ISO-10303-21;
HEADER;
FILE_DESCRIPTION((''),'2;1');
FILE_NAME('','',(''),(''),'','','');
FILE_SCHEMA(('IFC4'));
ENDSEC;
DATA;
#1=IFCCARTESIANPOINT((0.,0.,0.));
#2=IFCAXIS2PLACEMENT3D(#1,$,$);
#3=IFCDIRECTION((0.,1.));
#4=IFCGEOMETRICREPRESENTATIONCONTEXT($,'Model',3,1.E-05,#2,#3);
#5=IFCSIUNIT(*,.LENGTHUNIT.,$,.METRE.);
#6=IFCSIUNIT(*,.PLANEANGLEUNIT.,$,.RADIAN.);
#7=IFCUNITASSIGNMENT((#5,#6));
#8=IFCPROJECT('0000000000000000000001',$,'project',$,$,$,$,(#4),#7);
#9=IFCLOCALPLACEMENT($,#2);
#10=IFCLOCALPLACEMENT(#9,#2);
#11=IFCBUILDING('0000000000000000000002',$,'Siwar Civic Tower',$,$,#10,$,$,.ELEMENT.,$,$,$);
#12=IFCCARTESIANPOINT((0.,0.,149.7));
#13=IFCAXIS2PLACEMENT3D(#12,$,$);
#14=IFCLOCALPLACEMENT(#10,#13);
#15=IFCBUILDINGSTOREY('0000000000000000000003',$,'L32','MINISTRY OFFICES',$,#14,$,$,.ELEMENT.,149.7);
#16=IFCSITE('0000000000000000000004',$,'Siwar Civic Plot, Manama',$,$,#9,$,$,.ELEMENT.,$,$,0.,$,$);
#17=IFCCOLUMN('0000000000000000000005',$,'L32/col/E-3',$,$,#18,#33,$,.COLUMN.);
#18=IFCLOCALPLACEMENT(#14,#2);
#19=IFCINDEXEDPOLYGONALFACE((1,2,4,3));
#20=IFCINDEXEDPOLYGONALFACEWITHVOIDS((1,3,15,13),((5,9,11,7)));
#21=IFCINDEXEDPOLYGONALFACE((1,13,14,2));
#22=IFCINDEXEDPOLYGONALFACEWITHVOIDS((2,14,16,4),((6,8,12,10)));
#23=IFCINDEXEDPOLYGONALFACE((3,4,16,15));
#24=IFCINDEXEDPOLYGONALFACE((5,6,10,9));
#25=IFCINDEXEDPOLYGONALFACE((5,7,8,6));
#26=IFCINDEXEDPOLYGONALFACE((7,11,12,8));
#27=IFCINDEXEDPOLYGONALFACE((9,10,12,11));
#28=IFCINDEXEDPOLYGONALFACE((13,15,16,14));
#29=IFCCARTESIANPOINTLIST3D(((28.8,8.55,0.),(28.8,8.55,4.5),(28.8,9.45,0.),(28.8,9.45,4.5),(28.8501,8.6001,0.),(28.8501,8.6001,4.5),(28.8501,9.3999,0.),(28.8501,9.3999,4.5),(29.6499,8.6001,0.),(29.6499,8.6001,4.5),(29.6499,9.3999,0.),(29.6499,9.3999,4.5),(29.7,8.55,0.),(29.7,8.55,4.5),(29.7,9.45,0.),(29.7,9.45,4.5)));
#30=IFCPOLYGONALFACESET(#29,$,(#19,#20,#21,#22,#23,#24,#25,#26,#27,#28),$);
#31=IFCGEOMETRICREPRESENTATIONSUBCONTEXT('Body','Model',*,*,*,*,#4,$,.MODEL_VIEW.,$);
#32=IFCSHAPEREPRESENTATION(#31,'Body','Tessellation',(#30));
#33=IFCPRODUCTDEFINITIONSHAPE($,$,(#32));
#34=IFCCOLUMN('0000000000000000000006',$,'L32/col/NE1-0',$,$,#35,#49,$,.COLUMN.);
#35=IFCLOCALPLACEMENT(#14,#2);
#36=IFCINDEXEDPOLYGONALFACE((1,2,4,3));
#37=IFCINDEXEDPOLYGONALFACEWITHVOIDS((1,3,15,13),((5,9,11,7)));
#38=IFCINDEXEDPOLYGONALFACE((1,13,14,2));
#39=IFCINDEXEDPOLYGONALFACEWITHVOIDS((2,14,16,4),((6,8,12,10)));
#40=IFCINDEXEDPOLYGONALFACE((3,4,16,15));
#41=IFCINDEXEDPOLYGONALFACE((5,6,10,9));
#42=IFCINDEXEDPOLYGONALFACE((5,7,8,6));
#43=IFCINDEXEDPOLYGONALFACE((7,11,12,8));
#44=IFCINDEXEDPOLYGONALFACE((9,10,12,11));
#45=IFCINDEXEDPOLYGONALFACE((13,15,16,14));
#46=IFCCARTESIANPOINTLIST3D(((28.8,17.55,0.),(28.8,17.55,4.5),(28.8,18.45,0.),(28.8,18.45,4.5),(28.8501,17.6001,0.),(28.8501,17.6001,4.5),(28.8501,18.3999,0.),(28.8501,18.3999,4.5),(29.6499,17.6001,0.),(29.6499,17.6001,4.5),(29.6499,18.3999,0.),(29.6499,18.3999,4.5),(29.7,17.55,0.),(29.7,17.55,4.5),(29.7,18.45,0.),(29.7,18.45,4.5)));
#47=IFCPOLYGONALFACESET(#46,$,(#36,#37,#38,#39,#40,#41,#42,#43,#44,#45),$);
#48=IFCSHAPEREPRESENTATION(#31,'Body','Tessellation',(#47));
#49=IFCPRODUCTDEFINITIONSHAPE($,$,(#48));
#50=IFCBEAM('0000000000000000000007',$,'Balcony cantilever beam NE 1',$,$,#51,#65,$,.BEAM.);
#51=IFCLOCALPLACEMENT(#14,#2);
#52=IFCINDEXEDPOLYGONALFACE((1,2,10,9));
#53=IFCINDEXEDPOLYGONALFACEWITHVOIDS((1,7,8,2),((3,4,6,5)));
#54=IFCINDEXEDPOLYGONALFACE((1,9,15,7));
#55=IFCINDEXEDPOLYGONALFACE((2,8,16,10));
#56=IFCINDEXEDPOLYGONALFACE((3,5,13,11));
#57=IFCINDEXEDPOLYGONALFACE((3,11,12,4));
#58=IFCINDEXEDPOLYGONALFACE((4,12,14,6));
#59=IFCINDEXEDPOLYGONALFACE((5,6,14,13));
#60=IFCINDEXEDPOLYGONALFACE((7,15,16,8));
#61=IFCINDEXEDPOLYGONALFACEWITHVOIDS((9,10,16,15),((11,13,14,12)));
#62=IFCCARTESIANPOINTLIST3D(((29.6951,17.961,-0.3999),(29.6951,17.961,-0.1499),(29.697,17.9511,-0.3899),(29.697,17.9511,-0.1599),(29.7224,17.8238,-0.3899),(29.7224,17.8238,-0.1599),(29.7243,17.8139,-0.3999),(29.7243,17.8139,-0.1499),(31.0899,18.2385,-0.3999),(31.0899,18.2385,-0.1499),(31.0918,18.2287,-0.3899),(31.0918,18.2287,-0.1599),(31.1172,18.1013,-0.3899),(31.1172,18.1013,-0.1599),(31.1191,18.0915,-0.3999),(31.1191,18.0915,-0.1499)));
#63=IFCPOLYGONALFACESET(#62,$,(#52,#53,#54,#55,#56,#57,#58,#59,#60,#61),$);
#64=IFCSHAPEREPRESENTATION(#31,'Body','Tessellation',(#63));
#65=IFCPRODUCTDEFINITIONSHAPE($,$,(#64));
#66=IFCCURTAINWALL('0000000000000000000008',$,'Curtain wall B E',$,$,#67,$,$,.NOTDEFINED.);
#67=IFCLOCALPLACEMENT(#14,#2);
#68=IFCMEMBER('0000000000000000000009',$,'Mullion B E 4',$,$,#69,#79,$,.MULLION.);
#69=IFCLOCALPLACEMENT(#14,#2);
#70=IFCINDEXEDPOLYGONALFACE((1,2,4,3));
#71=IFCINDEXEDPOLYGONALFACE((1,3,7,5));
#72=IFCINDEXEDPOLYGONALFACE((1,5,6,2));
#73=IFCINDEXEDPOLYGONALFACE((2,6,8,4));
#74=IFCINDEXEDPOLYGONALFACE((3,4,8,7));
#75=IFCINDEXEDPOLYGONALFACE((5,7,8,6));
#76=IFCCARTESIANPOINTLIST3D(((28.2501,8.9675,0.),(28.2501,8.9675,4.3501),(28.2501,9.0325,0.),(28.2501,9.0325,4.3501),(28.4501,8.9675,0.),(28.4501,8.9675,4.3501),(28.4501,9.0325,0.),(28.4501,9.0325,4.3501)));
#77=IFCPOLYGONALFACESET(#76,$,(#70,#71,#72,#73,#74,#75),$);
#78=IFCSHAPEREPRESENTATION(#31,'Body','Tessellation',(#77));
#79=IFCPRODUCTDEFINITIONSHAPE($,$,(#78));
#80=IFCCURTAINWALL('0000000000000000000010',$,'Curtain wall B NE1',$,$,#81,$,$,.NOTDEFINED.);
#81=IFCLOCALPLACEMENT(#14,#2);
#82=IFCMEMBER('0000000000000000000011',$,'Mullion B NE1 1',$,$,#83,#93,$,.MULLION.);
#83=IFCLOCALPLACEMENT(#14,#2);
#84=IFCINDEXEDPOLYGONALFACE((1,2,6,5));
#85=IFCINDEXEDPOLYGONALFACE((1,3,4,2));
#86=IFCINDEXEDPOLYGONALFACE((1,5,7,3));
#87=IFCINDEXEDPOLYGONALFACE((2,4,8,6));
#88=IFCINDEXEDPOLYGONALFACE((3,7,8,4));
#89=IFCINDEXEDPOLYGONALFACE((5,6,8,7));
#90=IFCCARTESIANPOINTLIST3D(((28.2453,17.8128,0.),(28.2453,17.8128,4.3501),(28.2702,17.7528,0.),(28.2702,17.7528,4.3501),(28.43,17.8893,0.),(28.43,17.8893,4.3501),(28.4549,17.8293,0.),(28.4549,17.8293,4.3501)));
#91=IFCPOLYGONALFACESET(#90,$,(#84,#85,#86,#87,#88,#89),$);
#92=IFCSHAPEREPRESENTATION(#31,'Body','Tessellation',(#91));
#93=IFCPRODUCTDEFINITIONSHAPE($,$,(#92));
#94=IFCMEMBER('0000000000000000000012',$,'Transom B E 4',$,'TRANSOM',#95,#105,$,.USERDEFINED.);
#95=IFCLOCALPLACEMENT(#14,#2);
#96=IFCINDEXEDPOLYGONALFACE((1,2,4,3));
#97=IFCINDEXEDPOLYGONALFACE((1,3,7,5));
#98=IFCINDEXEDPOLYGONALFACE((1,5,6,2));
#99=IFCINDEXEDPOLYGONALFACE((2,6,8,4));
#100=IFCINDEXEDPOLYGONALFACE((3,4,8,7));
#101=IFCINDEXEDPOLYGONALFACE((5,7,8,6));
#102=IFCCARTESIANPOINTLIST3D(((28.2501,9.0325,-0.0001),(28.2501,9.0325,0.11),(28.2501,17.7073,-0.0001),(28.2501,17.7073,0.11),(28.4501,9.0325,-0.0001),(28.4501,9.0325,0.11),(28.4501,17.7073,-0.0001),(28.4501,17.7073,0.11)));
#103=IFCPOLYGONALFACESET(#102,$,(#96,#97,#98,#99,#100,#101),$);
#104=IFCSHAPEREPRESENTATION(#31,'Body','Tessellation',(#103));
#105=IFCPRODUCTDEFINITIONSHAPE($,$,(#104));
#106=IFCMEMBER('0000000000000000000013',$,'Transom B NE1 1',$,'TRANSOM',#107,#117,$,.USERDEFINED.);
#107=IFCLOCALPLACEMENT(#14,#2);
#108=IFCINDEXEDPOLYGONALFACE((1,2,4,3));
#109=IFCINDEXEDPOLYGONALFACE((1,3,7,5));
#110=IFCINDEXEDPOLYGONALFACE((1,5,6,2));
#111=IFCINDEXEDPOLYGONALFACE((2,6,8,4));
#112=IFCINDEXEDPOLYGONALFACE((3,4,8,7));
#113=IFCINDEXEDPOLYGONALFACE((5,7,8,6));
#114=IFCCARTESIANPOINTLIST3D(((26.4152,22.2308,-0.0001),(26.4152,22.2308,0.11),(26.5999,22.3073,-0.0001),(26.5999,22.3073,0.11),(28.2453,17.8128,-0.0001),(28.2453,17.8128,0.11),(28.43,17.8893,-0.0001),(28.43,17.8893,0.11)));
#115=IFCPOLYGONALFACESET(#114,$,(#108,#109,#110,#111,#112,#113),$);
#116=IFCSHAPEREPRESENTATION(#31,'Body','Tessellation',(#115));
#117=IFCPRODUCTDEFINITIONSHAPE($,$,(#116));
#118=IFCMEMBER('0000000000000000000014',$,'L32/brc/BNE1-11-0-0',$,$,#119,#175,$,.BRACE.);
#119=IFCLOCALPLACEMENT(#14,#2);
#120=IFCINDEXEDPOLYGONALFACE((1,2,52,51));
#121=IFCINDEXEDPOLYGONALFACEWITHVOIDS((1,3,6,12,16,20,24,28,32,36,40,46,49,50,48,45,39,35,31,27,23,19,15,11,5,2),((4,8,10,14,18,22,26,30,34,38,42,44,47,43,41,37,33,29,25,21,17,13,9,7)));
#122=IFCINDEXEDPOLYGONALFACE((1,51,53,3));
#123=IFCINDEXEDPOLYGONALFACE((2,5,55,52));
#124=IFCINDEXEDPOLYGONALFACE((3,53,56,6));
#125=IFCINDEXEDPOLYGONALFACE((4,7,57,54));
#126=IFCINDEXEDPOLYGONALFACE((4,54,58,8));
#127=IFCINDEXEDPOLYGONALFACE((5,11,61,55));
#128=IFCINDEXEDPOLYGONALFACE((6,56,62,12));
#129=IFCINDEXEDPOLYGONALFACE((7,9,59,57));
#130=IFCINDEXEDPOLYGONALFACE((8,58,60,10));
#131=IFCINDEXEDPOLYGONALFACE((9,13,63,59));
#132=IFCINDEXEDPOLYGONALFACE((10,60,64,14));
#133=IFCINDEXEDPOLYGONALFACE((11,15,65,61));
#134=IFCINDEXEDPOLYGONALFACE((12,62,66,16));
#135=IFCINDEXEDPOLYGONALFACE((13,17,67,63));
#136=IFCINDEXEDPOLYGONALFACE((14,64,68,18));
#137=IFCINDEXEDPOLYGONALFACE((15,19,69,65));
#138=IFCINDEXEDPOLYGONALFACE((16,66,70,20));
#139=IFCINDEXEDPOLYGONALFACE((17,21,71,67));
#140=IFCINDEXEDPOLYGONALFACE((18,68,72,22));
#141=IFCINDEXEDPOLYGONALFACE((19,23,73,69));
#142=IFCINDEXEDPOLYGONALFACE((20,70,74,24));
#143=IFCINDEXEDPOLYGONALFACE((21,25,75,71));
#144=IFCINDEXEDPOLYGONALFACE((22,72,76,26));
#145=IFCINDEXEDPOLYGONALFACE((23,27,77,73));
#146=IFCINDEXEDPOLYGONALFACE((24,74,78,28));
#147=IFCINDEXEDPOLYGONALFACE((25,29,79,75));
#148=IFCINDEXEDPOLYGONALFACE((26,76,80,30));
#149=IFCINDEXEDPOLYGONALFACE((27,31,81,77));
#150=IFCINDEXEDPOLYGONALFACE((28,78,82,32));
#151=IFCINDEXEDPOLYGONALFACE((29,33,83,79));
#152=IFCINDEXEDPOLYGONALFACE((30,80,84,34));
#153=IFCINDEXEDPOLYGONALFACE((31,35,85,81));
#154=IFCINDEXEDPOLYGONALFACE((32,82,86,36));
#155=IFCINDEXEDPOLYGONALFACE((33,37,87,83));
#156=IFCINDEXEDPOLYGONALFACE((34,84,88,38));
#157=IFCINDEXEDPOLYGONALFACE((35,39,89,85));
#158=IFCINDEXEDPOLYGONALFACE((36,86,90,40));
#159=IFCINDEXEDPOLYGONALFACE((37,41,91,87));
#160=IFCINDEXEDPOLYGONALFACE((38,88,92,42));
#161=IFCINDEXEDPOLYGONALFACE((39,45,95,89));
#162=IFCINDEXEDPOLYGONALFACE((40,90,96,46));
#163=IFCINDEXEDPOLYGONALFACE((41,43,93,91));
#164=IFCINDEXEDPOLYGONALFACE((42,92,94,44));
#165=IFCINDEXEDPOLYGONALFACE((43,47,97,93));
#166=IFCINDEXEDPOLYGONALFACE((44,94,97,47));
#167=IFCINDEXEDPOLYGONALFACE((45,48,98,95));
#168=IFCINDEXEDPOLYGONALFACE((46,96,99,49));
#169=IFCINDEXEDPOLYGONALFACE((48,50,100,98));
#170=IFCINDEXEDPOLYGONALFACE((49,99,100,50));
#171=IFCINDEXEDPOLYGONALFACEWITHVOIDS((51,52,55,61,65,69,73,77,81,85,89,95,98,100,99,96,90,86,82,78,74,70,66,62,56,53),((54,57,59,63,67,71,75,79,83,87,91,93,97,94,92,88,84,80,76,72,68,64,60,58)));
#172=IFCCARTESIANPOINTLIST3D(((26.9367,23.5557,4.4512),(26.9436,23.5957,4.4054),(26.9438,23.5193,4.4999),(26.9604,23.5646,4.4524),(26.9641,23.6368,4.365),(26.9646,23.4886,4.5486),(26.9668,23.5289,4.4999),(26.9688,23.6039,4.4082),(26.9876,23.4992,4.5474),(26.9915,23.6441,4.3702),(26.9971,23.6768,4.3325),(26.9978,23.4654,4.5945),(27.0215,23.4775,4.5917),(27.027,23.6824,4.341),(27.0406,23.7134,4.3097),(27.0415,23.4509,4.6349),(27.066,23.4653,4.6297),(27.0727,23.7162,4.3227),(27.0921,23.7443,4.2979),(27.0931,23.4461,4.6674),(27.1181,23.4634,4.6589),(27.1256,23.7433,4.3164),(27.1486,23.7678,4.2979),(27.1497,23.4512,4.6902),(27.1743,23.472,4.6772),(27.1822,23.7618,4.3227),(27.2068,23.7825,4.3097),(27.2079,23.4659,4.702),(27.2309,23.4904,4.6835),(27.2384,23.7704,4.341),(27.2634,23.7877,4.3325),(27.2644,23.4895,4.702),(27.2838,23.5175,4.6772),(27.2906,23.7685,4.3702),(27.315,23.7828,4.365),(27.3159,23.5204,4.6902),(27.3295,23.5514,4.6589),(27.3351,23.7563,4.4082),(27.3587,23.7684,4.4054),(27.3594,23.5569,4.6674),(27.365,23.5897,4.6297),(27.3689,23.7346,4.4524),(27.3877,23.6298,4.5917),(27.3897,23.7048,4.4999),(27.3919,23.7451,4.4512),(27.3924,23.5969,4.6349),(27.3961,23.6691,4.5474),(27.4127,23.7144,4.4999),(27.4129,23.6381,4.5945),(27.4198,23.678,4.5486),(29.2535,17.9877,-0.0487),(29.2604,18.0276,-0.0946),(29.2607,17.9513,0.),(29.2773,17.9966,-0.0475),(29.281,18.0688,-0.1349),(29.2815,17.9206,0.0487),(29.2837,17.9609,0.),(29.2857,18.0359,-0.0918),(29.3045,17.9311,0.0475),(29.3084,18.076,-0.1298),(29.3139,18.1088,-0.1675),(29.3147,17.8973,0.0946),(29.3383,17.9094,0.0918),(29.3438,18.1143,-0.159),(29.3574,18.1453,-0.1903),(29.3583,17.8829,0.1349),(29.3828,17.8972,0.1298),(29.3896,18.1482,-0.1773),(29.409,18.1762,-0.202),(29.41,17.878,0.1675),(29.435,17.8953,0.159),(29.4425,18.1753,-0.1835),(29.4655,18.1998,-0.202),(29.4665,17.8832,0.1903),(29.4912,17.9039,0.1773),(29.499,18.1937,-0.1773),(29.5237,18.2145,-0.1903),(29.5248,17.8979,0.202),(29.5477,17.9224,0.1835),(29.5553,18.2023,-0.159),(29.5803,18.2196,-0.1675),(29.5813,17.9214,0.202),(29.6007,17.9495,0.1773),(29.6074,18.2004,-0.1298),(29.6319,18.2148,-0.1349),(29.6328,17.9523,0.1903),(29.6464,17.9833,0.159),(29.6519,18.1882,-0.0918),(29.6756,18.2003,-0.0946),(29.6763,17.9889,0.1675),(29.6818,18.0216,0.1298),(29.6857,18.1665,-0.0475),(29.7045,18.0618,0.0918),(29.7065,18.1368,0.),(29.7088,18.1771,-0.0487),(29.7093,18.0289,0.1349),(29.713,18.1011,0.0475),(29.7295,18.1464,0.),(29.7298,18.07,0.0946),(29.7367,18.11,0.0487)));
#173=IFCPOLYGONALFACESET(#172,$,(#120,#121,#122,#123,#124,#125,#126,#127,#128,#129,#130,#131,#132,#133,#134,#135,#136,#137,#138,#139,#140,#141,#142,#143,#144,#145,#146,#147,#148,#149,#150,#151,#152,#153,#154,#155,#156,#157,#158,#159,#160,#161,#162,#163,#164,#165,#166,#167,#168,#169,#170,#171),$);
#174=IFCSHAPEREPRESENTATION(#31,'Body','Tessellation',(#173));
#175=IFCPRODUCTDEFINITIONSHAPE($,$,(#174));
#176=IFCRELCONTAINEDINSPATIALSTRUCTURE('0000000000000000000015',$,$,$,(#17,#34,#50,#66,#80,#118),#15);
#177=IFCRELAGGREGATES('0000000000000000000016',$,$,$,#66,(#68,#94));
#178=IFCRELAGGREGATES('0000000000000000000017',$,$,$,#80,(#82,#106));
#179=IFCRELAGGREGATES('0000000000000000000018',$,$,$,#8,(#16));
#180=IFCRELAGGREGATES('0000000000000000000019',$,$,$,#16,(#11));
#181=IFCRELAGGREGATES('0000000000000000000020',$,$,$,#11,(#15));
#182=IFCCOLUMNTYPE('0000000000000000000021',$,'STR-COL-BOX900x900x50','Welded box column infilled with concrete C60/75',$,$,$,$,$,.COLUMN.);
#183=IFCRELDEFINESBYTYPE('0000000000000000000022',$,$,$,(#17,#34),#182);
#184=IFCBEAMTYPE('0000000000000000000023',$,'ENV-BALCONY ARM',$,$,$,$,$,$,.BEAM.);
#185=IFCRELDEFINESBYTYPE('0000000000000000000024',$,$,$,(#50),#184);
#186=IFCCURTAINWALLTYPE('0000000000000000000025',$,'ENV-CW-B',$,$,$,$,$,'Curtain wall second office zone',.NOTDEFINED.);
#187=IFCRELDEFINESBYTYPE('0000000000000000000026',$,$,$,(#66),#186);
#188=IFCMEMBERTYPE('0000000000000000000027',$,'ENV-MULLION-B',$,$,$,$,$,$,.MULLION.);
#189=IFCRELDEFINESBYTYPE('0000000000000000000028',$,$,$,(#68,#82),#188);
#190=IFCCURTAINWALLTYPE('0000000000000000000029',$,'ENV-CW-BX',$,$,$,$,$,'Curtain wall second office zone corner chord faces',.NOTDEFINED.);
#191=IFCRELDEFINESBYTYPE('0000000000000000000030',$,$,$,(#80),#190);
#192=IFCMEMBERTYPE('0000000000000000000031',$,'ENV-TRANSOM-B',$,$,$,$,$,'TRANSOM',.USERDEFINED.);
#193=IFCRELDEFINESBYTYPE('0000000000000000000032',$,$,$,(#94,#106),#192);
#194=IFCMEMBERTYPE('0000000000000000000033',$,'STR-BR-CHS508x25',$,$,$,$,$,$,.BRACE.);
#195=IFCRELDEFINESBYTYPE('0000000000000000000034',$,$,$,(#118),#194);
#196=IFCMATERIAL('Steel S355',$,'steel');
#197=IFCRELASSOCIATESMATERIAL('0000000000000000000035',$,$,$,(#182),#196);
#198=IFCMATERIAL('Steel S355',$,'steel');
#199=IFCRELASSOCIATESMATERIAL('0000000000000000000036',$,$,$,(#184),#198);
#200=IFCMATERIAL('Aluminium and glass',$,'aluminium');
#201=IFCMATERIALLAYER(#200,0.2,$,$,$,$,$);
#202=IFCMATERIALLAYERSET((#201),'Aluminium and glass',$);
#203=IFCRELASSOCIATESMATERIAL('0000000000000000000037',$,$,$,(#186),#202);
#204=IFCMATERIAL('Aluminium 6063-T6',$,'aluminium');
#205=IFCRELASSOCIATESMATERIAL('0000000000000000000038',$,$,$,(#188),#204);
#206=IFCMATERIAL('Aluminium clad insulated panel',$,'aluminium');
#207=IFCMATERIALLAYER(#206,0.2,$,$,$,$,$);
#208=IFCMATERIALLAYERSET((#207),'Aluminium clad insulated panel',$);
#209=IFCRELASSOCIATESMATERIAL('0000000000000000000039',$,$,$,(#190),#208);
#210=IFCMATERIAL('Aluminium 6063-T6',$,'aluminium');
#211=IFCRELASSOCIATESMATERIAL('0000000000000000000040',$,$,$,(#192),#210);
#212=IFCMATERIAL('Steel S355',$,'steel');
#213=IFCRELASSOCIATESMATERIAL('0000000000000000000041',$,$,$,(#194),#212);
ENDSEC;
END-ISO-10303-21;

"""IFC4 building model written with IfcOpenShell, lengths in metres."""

from ifc_helpers import new_model, si_unit, direction, frame, origin, origin_2d, place, context, subcontext, project, spatial, rectangle, hollow_rectangle, hollow_circle, extrude, material, layer, layer_set, material_profile, profile_set, type_object, element, aggregate, save


model = new_model("IFC4")

# Units and contexts
model_context = context("Model", 3, precision=1e-05, world=origin(), true_north=direction((0.0, 1.0)))
body_context = subcontext(model_context, "Body", "Model", "MODEL_VIEW")
ifc_project = project(units=[si_unit("LENGTHUNIT", "METRE"), si_unit("PLANEANGLEUNIT", "RADIAN")], contexts=[model_context])

# Site, building, storey
site_placement = place(None, origin())
site = spatial("IfcSite", under=ifc_project, at=site_placement, Name="Siwar Civic Plot, Manama", CompositionType="ELEMENT", RefElevation=0.0)
building_placement = place(site_placement, origin())
building = spatial("IfcBuilding", under=site, at=building_placement, Name="Siwar Civic Tower", CompositionType="ELEMENT")
storey_placement = place(building_placement, frame((0.0, 0.0, 149.7)))
storey = spatial("IfcBuildingStorey", under=building, at=storey_placement, Name="L32", Description="MINISTRY OFFICES", CompositionType="ELEMENT", Elevation=149.7)

# Columns
ifc_material_1 = material(Name="Steel S355", Category="steel")
ifc_material_profile_1 = material_profile(ifc_material_1, hollow_rectangle(XDim=0.8999, YDim=0.8999, WallThickness=0.05, at=origin_2d()), Name="BOX900x900x50")
ifc_profile_set_1 = profile_set([ifc_material_profile_1], Name="Steel S355")
column_type = type_object("IfcColumnType", Name="STR-COL-BOX900x900x50", Description="Welded box column infilled with concrete C60/75", PredefinedType="COLUMN", material=ifc_profile_set_1)
for number, where, z_axis, x_axis, name in (
    (1, (29.25, 9.0, 0.0), (0.0, 0.0, 1.0), (1.0, 0.0, 0.0), "L32/col/E-3"),
    (2, (29.25, 18.0, 0.0), (0.0, 0.0, 1.0), (1.0, 0.0, 0.0), "L32/col/NE1-0"),
):
    element("IfcColumn", number, at=place(storey_placement, frame(where, z_axis=z_axis, x_axis=x_axis)), inside=storey, type_object=column_type, Name=name, PredefinedType="COLUMN", context=body_context, shape_type="SweptSolid", body=[
        extrude(hollow_rectangle(XDim=0.8999, YDim=0.8999, WallThickness=0.05, at=origin_2d()), origin(), (0.0, 0.0, 1.0), 4.5),
    ])

# Beam
ifc_material_2 = material(Name="Steel S355", Category="steel")
ifc_material_profile_2 = material_profile(ifc_material_2, hollow_rectangle(XDim=0.1499, YDim=0.25, WallThickness=0.01, at=origin_2d()), Name="RHS250x150x10")
ifc_profile_set_2 = profile_set([ifc_material_profile_2], Name="Steel S355")
beam_type_1 = type_object("IfcBeamType", Name="ENV-BALCONY ARM", PredefinedType="BEAM", material=ifc_profile_set_2)
beam_1_placement = place(storey_placement, frame((29.7097, 17.8875, -0.2749), z_axis=(0.980765, 0.195192, 0.0), x_axis=(-0.195192, 0.980765, 0.0)))
element("IfcBeam", 3, at=beam_1_placement, inside=storey, type_object=beam_type_1, Name="Balcony cantilever beam NE 1", PredefinedType="BEAM", context=body_context, shape_type="SweptSolid", body=[
    extrude(hollow_rectangle(XDim=0.1499, YDim=0.25, WallThickness=0.01, at=origin_2d()), origin(), (0.0, 0.0, 1.0), 1.4221),
])

# Curtain walls, members
ifc_material_3 = material(Name="Aluminium and glass", Category="aluminium")
ifc_layer_1 = layer(ifc_material_3, 0.2)
ifc_layer_set_1 = layer_set([ifc_layer_1], Name="Aluminium and glass")
curtain_wall_type_1 = type_object("IfcCurtainWallType", Name="ENV-CW-B", ElementType="Curtain wall second office zone", PredefinedType="NOTDEFINED", material=ifc_layer_set_1)
curtain_wall_1_placement = place(storey_placement, origin())
curtain_wall_1 = element("IfcCurtainWall", 4, at=curtain_wall_1_placement, inside=storey, type_object=curtain_wall_type_1, Name="Curtain wall B E", PredefinedType="NOTDEFINED")
ifc_material_4 = material(Name="Aluminium 6063-T6", Category="aluminium")
ifc_material_profile_3 = material_profile(ifc_material_4, rectangle(XDim=0.2, YDim=0.0649, at=origin_2d()), Name="AL 200x65")
ifc_profile_set_3 = profile_set([ifc_material_profile_3], Name="Aluminium 6063-T6")
member_type_1 = type_object("IfcMemberType", Name="ENV-MULLION-B", PredefinedType="MULLION", material=ifc_profile_set_3)
member_1_placement = place(storey_placement, frame((28.3501, 9.0, 0.0), z_axis=(0.0, 0.0, 1.0), x_axis=(-1.0, 0.0, 0.0)))
member_1 = element("IfcMember", 5, at=member_1_placement, type_object=member_type_1, Name="Mullion B E 4", PredefinedType="MULLION", context=body_context, shape_type="SweptSolid", body=[
    extrude(rectangle(XDim=0.2, YDim=0.0649, at=origin_2d()), origin(), (0.0, 0.0, 1.0), 4.3501),
])
ifc_material_5 = material(Name="Aluminium clad insulated panel", Category="aluminium")
ifc_layer_2 = layer(ifc_material_5, 0.2)
ifc_layer_set_2 = layer_set([ifc_layer_2], Name="Aluminium clad insulated panel")
curtain_wall_type_2 = type_object("IfcCurtainWallType", Name="ENV-CW-BX", ElementType="Curtain wall second office zone corner chord faces", PredefinedType="NOTDEFINED", material=ifc_layer_set_2)
curtain_wall_2_placement = place(storey_placement, origin())
curtain_wall_2 = element("IfcCurtainWall", 6, at=curtain_wall_2_placement, inside=storey, type_object=curtain_wall_type_2, Name="Curtain wall B NE1", PredefinedType="NOTDEFINED")
member_2_placement = place(storey_placement, frame((28.3501, 17.821, 0.0), z_axis=(0.0, 0.0, 1.0), x_axis=(-0.92388, -0.382683, 0.0)))
member_2 = element("IfcMember", 7, at=member_2_placement, type_object=member_type_1, Name="Mullion B NE1 1", PredefinedType="MULLION", context=body_context, shape_type="SweptSolid", body=[
    extrude(rectangle(XDim=0.2, YDim=0.0649, at=origin_2d()), origin(), (0.0, 0.0, 1.0), 4.3501),
])

# Members
ifc_material_6 = material(Name="Aluminium 6063-T6", Category="aluminium")
ifc_material_profile_4 = material_profile(ifc_material_6, rectangle(XDim=0.2, YDim=0.1101, at=origin_2d()), Name="AL 200x110")
ifc_profile_set_4 = profile_set([ifc_material_profile_4], Name="Aluminium 6063-T6")
member_type_2 = type_object("IfcMemberType", Name="ENV-TRANSOM-B", ElementType="TRANSOM", PredefinedType="USERDEFINED", material=ifc_profile_set_4)
member_3_placement = place(storey_placement, frame((28.3501, 9.0325, 0.0549), z_axis=(0.0, 1.0, 0.0), x_axis=(-1.0, 0.0, 0.0)))
member_3 = element("IfcMember", 8, at=member_3_placement, type_object=member_type_2, Name="Transom B E 4", ObjectType="TRANSOM", PredefinedType="USERDEFINED", context=body_context, shape_type="SweptSolid", body=[
    extrude(rectangle(XDim=0.2, YDim=0.1101, at=origin_2d()), origin(), (0.0, 0.0, 1.0), 8.6748),
])
member_4_placement = place(storey_placement, frame((28.3376, 17.8511, 0.0549), z_axis=(-0.3827, 0.923872, 0.0), x_axis=(-0.923872, -0.3827, 0.0)))
member_4 = element("IfcMember", 9, at=member_4_placement, type_object=member_type_2, Name="Transom B NE1 1", ObjectType="TRANSOM", PredefinedType="USERDEFINED", context=body_context, shape_type="SweptSolid", body=[
    extrude(rectangle(XDim=0.2, YDim=0.1101, at=origin_2d()), origin(), (0.0, 0.0, 1.0), 4.782),
])
ifc_material_7 = material(Name="Steel S355", Category="steel")
ifc_material_profile_5 = material_profile(ifc_material_7, hollow_circle(Radius=0.2539, WallThickness=0.0249, at=origin_2d()), Name="CHS508x25")
ifc_profile_set_5 = profile_set([ifc_material_profile_5], Name="Steel S355")
member_type_3 = type_object("IfcMemberType", Name="STR-BR-CHS508x25", PredefinedType="BRACE", material=ifc_profile_set_5)
member_5_placement = place(storey_placement, frame((29.4951, 18.0488, 0.0), z_axis=(-0.307903, 0.739973, 0.598026), x_axis=(-0.923262, -0.38417, 0.0)))
element("IfcMember", 10, at=member_5_placement, inside=storey, type_object=member_type_3, Name="L32/brc/BNE1-11-0-0", PredefinedType="BRACE", context=body_context, shape_type="SweptSolid", body=[
    extrude(hollow_circle(Radius=0.2539, WallThickness=0.0249, at=origin_2d()), origin(), (0.0, 0.0, 1.0), 7.5247),
])

aggregate(curtain_wall_1, [member_1, member_3])
aggregate(curtain_wall_2, [member_2, member_4])

save(model, "model.ifc")
